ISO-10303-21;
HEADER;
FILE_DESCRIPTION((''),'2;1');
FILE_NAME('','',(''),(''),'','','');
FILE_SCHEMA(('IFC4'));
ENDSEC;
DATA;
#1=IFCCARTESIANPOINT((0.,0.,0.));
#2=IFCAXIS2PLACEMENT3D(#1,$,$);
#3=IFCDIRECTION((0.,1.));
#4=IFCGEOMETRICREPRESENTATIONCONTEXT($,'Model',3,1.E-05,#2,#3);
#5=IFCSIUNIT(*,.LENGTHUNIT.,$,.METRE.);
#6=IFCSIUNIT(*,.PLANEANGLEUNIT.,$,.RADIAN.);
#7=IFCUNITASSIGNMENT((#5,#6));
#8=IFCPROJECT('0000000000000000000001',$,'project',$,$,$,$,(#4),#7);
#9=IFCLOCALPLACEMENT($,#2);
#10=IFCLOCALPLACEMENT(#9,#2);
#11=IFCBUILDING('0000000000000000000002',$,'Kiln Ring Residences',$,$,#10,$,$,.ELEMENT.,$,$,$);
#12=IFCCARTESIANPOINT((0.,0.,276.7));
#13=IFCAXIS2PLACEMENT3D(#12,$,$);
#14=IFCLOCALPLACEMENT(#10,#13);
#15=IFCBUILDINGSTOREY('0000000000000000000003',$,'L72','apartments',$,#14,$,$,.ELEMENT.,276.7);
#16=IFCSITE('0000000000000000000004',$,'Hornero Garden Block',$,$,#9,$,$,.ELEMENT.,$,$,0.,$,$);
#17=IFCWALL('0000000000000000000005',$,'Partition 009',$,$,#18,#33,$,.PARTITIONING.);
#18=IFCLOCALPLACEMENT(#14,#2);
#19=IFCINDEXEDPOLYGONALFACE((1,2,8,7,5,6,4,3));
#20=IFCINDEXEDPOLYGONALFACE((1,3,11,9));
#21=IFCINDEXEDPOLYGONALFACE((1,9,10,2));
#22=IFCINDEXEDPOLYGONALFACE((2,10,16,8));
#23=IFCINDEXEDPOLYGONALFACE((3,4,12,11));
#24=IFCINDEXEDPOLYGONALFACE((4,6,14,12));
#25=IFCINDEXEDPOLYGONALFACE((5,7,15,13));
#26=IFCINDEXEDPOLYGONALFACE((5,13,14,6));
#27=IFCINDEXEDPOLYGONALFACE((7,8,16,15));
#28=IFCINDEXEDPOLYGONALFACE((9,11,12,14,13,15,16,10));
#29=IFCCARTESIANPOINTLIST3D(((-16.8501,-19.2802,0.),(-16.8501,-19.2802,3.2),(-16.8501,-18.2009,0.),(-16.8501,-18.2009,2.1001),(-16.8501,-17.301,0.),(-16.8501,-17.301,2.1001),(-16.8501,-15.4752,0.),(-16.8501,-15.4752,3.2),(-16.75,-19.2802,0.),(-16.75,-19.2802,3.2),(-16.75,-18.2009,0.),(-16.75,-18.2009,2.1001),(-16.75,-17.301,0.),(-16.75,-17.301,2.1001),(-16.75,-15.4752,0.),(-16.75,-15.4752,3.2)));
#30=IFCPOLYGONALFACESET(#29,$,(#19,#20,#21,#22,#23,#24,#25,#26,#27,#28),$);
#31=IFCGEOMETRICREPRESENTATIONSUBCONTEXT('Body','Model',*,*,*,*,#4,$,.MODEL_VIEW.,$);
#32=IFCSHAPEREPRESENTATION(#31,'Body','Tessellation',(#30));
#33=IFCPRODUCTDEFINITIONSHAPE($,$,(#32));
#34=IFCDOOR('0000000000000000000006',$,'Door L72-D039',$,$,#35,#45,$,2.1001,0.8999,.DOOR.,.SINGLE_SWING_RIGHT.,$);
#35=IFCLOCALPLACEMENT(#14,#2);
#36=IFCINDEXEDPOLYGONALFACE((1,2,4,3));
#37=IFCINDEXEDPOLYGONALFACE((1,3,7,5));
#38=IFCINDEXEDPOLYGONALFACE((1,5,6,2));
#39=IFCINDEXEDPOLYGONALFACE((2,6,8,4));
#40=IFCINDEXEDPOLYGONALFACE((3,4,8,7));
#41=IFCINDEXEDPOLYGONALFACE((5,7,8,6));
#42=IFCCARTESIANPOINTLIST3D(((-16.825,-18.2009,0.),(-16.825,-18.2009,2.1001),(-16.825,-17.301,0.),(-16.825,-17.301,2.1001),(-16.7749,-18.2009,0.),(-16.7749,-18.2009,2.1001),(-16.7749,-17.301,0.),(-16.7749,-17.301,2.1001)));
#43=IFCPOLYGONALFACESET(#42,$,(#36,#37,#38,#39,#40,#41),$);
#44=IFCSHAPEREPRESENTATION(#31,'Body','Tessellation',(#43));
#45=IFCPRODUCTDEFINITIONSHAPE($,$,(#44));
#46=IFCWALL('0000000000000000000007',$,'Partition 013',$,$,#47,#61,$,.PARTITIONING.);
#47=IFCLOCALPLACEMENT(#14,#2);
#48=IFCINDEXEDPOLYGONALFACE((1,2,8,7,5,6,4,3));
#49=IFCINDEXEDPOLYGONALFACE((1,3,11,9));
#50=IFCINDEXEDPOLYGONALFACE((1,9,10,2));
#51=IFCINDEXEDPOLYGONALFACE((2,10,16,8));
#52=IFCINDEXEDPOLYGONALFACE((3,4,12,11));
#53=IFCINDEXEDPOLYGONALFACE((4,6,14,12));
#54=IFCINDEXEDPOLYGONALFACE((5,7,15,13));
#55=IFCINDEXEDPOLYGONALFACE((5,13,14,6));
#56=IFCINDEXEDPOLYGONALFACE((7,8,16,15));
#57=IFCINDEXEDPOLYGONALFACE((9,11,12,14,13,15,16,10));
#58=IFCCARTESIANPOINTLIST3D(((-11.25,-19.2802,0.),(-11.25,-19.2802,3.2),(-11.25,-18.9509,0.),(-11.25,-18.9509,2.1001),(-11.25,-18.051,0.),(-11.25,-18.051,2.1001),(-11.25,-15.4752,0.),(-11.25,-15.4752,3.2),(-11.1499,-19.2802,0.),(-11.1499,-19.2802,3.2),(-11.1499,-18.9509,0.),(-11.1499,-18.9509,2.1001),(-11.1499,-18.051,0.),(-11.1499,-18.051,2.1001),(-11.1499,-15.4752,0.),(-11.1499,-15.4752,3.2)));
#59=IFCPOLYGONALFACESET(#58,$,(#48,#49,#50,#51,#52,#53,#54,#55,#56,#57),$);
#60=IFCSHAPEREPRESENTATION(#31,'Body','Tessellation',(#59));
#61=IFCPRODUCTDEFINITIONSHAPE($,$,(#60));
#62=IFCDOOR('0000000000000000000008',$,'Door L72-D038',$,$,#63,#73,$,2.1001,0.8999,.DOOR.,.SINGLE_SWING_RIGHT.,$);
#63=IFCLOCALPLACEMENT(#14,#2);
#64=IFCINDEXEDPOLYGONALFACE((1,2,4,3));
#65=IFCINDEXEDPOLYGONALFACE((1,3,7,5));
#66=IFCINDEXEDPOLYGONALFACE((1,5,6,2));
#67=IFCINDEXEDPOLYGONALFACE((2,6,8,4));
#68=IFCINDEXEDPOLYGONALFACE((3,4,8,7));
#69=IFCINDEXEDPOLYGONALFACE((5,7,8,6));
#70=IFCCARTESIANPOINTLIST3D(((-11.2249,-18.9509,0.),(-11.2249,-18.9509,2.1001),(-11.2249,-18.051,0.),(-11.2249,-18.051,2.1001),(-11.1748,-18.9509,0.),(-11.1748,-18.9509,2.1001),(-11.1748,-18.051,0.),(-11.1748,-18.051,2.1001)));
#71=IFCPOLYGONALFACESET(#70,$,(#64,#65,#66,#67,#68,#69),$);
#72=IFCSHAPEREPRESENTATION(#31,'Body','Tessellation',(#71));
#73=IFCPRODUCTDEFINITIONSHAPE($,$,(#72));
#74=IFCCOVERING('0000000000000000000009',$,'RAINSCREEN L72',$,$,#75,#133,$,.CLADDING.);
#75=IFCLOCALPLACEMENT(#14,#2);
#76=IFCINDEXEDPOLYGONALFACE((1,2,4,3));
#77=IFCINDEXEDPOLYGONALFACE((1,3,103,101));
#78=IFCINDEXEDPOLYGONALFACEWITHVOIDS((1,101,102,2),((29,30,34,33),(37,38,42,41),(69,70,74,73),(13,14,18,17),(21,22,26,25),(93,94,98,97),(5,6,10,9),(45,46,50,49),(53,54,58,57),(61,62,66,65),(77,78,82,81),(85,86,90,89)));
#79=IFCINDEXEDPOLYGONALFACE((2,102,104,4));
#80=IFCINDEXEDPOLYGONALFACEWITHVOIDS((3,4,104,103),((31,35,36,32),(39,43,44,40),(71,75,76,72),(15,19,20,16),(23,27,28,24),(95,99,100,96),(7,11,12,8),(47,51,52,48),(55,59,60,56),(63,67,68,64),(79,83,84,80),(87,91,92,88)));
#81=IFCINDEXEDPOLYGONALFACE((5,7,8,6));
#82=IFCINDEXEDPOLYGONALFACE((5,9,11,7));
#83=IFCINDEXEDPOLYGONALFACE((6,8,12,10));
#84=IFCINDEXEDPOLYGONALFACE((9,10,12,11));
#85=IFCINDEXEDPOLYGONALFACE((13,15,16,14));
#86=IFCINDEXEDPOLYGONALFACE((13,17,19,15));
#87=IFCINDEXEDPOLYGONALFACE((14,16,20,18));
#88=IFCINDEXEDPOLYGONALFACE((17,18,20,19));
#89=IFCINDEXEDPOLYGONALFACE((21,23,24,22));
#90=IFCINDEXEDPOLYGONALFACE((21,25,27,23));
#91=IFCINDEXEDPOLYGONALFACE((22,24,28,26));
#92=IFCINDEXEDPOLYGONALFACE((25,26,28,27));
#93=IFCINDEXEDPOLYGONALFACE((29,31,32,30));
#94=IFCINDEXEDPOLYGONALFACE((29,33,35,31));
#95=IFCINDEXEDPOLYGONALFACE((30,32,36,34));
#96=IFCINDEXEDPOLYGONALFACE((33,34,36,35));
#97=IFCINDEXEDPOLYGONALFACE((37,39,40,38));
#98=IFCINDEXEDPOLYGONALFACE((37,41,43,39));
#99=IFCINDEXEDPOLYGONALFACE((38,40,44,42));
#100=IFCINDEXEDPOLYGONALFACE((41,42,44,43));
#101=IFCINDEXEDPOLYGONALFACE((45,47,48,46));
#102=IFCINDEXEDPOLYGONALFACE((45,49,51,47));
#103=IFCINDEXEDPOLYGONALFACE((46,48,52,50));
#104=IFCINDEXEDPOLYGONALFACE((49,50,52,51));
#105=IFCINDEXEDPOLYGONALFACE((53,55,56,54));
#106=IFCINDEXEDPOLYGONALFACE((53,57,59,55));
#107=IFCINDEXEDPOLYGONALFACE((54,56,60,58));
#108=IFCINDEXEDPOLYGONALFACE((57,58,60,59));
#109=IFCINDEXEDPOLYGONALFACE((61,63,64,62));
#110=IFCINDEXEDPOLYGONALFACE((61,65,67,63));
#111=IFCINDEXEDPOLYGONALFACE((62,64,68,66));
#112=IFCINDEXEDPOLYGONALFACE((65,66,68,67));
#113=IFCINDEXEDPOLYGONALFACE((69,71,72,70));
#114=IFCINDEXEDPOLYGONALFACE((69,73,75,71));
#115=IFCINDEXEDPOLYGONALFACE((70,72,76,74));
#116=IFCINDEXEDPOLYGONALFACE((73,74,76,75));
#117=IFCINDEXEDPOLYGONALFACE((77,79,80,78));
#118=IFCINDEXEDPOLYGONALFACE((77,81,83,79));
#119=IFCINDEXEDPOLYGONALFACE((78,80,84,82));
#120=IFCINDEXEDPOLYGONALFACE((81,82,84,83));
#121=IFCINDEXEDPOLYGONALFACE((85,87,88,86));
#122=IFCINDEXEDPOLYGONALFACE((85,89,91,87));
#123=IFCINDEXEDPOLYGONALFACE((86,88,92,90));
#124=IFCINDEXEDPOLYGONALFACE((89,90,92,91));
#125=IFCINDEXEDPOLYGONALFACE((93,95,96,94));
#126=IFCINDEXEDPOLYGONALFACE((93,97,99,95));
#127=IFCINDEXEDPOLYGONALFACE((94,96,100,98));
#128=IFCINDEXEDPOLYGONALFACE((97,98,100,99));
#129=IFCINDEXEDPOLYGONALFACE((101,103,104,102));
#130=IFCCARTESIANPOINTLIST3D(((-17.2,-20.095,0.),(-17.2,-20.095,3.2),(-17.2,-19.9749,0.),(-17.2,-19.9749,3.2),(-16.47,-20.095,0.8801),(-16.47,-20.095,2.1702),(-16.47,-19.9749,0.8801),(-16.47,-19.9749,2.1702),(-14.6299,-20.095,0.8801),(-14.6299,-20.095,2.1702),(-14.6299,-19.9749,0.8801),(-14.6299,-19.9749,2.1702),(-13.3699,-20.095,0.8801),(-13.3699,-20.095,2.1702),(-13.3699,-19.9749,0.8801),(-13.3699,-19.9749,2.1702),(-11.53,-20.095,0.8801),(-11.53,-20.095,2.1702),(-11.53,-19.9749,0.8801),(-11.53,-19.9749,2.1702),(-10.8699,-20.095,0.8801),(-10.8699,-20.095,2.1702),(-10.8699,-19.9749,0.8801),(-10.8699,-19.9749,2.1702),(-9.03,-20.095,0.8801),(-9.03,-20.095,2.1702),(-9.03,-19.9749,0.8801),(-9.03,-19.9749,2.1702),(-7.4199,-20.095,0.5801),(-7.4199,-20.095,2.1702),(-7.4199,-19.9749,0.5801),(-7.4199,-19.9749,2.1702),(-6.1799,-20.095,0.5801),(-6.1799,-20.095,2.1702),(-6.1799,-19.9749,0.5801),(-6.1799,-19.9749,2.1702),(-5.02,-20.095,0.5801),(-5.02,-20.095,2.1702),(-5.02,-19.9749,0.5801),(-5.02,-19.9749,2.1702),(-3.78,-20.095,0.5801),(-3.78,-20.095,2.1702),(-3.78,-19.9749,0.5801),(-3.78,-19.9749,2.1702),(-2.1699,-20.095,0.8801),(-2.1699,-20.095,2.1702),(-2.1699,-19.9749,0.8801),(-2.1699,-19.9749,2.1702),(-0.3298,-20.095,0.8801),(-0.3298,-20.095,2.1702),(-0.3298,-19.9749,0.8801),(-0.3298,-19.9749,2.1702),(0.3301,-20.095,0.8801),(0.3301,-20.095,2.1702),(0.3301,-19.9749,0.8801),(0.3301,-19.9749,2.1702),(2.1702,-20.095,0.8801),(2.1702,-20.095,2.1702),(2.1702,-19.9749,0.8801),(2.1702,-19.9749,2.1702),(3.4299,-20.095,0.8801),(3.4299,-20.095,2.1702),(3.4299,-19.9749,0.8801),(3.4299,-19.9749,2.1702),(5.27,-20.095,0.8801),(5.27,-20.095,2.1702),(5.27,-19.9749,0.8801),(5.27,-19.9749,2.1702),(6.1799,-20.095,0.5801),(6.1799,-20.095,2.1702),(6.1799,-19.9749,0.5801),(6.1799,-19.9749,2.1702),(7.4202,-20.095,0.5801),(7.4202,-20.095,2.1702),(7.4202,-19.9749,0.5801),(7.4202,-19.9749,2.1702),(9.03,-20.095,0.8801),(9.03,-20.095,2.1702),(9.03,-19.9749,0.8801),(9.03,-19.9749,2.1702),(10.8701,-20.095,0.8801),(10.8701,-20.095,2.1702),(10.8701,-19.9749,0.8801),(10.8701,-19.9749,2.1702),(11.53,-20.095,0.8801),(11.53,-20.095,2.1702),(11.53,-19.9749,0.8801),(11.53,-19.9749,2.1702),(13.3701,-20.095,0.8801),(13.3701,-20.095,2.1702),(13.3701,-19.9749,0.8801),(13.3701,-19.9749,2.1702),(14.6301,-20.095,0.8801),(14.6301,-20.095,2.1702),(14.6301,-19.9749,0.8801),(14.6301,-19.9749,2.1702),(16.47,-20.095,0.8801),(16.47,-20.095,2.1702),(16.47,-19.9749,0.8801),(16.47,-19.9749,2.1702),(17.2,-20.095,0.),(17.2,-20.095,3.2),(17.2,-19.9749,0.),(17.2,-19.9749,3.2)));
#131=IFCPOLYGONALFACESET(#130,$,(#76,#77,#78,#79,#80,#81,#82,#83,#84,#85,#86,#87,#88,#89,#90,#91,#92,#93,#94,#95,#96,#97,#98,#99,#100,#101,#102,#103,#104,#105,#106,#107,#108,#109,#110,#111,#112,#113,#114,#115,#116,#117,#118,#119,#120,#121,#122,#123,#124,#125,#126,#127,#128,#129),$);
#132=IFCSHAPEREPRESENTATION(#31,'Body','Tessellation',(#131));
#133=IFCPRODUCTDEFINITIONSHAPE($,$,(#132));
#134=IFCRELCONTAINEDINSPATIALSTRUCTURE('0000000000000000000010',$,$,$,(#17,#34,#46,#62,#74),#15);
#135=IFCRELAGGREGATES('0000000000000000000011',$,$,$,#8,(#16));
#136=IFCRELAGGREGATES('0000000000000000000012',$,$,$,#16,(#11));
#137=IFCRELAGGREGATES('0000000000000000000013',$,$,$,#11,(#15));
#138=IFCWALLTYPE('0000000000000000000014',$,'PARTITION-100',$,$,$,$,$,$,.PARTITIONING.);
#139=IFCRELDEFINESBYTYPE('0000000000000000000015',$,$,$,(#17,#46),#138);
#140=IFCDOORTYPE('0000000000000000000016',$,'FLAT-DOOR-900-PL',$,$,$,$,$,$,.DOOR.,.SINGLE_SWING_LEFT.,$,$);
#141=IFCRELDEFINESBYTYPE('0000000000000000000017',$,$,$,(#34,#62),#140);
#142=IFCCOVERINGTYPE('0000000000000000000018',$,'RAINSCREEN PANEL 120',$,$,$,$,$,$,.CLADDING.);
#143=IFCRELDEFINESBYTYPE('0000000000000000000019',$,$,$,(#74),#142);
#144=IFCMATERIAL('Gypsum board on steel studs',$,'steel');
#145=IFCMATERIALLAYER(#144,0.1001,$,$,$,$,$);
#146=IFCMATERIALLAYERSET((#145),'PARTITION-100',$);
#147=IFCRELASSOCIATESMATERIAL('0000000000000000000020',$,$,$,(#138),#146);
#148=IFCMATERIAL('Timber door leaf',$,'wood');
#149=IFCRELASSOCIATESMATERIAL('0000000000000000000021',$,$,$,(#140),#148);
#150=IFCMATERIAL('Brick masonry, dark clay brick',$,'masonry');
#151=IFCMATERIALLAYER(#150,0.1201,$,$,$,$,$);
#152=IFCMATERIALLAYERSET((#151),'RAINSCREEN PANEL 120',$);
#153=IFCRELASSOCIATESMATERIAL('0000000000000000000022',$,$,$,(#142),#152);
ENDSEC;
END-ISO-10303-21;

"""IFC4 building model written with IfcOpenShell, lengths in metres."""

from ifc_helpers import new_model, si_unit, direction, frame, frame_2d, origin, place, context, subcontext, project, spatial, polyline, rectangle, outline, extrude, material, layer, layer_set, type_object, element, fill, save


model = new_model("IFC4")

# Units and contexts
model_context = context("Model", 3, precision=1e-05, world=origin(), true_north=direction((0.0, 1.0)))
body_context = subcontext(model_context, "Body", "Model", "MODEL_VIEW")
ifc_project = project(units=[si_unit("LENGTHUNIT", "METRE"), si_unit("PLANEANGLEUNIT", "RADIAN")], contexts=[model_context])

# Site, building, storey
site_placement = place(None, origin())
site = spatial("IfcSite", under=ifc_project, at=site_placement, Name="Hornero Garden Block", CompositionType="ELEMENT", RefElevation=0.0)
building_placement = place(site_placement, origin())
building = spatial("IfcBuilding", under=site, at=building_placement, Name="Kiln Ring Residences", CompositionType="ELEMENT")
storey_placement = place(building_placement, frame((0.0, 0.0, 276.7)))
storey = spatial("IfcBuildingStorey", under=building, at=storey_placement, Name="L72", Description="apartments", CompositionType="ELEMENT", Elevation=276.7)

# Walls, openings, doors
ifc_material_1 = material(Name="Gypsum board on steel studs", Category="steel")
ifc_layer_1 = layer(ifc_material_1, 0.1001)
ifc_layer_set_1 = layer_set([ifc_layer_1], Name="PARTITION-100")
wall_type_1 = type_object("IfcWallType", Name="PARTITION-100", PredefinedType="PARTITIONING", material=ifc_layer_set_1)
wall_1_placement = place(storey_placement, frame((-16.8, -19.28, 0.0), z_axis=(0.0, 0.0, 1.0), x_axis=(0.0, 1.0, 0.0)))
wall_1 = element("IfcWall", 1, at=wall_1_placement, inside=storey, type_object=wall_type_1, Name="Partition 009", PredefinedType="PARTITIONING", context=body_context, shape_type="SweptSolid", body=[
    extrude(rectangle(XDim=3.8049, YDim=0.1001, at=frame_2d((1.9023, 0.0))), origin(), (0.0, 0.0, 1.0), 3.2),
])
opening_1_placement = place(wall_1_placement, frame((1.0791, 0.0, 0.0)))
opening_1 = element("IfcOpeningElement", 2, at=opening_1_placement, cuts=wall_1, PredefinedType="OPENING", context=body_context, shape_type="SweptSolid", body=[
    extrude(rectangle(XDim=0.8999, YDim=2.1001, at=frame_2d((0.45, 1.05))), frame((0.0, 0.0601, 0.0), z_axis=(0.0, -1.0, 0.0), x_axis=(1.0, 0.0, 0.0)), (0.0, 0.0, 1.0), 0.1201),
])
ifc_material_2 = material(Name="Timber door leaf", Category="wood")
door_type = type_object("IfcDoorType", Name="FLAT-DOOR-900-PL", OperationType="SINGLE_SWING_LEFT", PredefinedType="DOOR", material=ifc_material_2)
door_1_placement = place(opening_1_placement, origin())
door_1 = element("IfcDoor", 3, at=door_1_placement, inside=storey, type_object=door_type, Name="Door L72-D039", OperationType="SINGLE_SWING_RIGHT", OverallHeight=2.1001, OverallWidth=0.8999, PredefinedType="DOOR", context=body_context, shape_type="SweptSolid", body=[
    extrude(rectangle(XDim=0.8999, YDim=2.1001, at=frame_2d((0.45, 1.05))), frame((0.0, 0.0249, 0.0), z_axis=(0.0, -1.0, 0.0), x_axis=(1.0, 0.0, 0.0)), (0.0, 0.0, 1.0), 0.05),
])
fill(opening_1, door_1)
wall_2_placement = place(storey_placement, frame((-11.2, -19.28, 0.0), z_axis=(0.0, 0.0, 1.0), x_axis=(0.0, 1.0, 0.0)))
wall_2 = element("IfcWall", 4, at=wall_2_placement, inside=storey, type_object=wall_type_1, Name="Partition 013", PredefinedType="PARTITIONING", context=body_context, shape_type="SweptSolid", body=[
    extrude(rectangle(XDim=3.8049, YDim=0.1001, at=frame_2d((1.9023, 0.0))), origin(), (0.0, 0.0, 1.0), 3.2),
])
opening_2_placement = place(wall_2_placement, frame((0.3291, 0.0, 0.0)))
opening_2 = element("IfcOpeningElement", 5, at=opening_2_placement, cuts=wall_2, PredefinedType="OPENING", context=body_context, shape_type="SweptSolid", body=[
    extrude(rectangle(XDim=0.8999, YDim=2.1001, at=frame_2d((0.45, 1.05))), frame((0.0, 0.0601, 0.0), z_axis=(0.0, -1.0, 0.0), x_axis=(1.0, 0.0, 0.0)), (0.0, 0.0, 1.0), 0.1201),
])
door_2_placement = place(opening_2_placement, origin())
door_2 = element("IfcDoor", 6, at=door_2_placement, inside=storey, type_object=door_type, Name="Door L72-D038", OperationType="SINGLE_SWING_RIGHT", OverallHeight=2.1001, OverallWidth=0.8999, PredefinedType="DOOR", context=body_context, shape_type="SweptSolid", body=[
    extrude(rectangle(XDim=0.8999, YDim=2.1001, at=frame_2d((0.45, 1.05))), frame((0.0, 0.0249, 0.0), z_axis=(0.0, -1.0, 0.0), x_axis=(1.0, 0.0, 0.0)), (0.0, 0.0, 1.0), 0.05),
])
fill(opening_2, door_2)

# Covering
ifc_material_3 = material(Name="Brick masonry, dark clay brick", Category="masonry")
ifc_layer_2 = layer(ifc_material_3, 0.1201)
ifc_layer_set_2 = layer_set([ifc_layer_2], Name="RAINSCREEN PANEL 120")
covering_type = type_object("IfcCoveringType", Name="RAINSCREEN PANEL 120", PredefinedType="CLADDING", material=ifc_layer_set_2)
covering_placement = place(storey_placement, frame((-17.2, -20.0349, 0.0), z_axis=(0.0, 0.0, 1.0), x_axis=(1.0, 0.0, 0.0)))
element("IfcCovering", 7, at=covering_placement, inside=storey, type_object=covering_type, Name="RAINSCREEN L72", PredefinedType="CLADDING", context=body_context, shape_type="SweptSolid", body=[
    extrude(outline(polyline([(0.0, 0.0), (34.3999, 0.0), (34.3999, 3.2), (0.0, 3.2), (0.0, 0.0)]), holes=[polyline([(9.78, 0.5801), (11.02, 0.5801), (11.02, 2.1702), (9.78, 2.1702), (9.78, 0.5801)]), polyline([(12.1799, 2.1702), (12.1799, 0.5801), (13.4199, 0.5801), (13.4199, 2.1702), (12.1799, 2.1702)]), polyline([(0.73, 2.1702), (0.73, 0.8801), (2.5701, 0.8801), (2.5701, 2.1702), (0.73, 2.1702)]), polyline([(3.8301, 0.8801), (5.6699, 0.8801), (5.6699, 2.1702), (3.8301, 2.1702), (3.8301, 0.8801)]), polyline([(6.3301, 2.1702), (6.3301, 0.8801), (8.1699, 0.8801), (8.1699, 2.1702), (6.3301, 2.1702)]), polyline([(15.03, 2.1702), (15.03, 0.8801), (16.8701, 0.8801), (16.8701, 2.1702), (15.03, 2.1702)]), polyline([(23.3799, 0.5801), (24.6201, 0.5801), (24.6201, 2.1702), (23.3799, 2.1702), (23.3799, 0.5801)]), polyline([(17.53, 2.1702), (17.53, 0.8801), (19.3701, 0.8801), (19.3701, 2.1702), (17.53, 2.1702)]), polyline([(20.6299, 2.1702), (20.6299, 0.8801), (22.47, 0.8801), (22.47, 2.1702), (20.6299, 2.1702)]), polyline([(26.23, 0.8801), (28.0701, 0.8801), (28.0701, 2.1702), (26.23, 2.1702), (26.23, 0.8801)]), polyline([(28.73, 2.1702), (28.73, 0.8801), (30.5701, 0.8801), (30.5701, 2.1702), (28.73, 2.1702)]), polyline([(31.8301, 2.1702), (31.8301, 0.8801), (33.6699, 0.8801), (33.6699, 2.1702), (31.8301, 2.1702)])]), frame((0.0, 0.0601, 0.0), z_axis=(0.0, -1.0, 0.0), x_axis=(1.0, 0.0, 0.0)), (0.0, 0.0, 1.0), 0.1201),
])

save(model, "model.ifc")
